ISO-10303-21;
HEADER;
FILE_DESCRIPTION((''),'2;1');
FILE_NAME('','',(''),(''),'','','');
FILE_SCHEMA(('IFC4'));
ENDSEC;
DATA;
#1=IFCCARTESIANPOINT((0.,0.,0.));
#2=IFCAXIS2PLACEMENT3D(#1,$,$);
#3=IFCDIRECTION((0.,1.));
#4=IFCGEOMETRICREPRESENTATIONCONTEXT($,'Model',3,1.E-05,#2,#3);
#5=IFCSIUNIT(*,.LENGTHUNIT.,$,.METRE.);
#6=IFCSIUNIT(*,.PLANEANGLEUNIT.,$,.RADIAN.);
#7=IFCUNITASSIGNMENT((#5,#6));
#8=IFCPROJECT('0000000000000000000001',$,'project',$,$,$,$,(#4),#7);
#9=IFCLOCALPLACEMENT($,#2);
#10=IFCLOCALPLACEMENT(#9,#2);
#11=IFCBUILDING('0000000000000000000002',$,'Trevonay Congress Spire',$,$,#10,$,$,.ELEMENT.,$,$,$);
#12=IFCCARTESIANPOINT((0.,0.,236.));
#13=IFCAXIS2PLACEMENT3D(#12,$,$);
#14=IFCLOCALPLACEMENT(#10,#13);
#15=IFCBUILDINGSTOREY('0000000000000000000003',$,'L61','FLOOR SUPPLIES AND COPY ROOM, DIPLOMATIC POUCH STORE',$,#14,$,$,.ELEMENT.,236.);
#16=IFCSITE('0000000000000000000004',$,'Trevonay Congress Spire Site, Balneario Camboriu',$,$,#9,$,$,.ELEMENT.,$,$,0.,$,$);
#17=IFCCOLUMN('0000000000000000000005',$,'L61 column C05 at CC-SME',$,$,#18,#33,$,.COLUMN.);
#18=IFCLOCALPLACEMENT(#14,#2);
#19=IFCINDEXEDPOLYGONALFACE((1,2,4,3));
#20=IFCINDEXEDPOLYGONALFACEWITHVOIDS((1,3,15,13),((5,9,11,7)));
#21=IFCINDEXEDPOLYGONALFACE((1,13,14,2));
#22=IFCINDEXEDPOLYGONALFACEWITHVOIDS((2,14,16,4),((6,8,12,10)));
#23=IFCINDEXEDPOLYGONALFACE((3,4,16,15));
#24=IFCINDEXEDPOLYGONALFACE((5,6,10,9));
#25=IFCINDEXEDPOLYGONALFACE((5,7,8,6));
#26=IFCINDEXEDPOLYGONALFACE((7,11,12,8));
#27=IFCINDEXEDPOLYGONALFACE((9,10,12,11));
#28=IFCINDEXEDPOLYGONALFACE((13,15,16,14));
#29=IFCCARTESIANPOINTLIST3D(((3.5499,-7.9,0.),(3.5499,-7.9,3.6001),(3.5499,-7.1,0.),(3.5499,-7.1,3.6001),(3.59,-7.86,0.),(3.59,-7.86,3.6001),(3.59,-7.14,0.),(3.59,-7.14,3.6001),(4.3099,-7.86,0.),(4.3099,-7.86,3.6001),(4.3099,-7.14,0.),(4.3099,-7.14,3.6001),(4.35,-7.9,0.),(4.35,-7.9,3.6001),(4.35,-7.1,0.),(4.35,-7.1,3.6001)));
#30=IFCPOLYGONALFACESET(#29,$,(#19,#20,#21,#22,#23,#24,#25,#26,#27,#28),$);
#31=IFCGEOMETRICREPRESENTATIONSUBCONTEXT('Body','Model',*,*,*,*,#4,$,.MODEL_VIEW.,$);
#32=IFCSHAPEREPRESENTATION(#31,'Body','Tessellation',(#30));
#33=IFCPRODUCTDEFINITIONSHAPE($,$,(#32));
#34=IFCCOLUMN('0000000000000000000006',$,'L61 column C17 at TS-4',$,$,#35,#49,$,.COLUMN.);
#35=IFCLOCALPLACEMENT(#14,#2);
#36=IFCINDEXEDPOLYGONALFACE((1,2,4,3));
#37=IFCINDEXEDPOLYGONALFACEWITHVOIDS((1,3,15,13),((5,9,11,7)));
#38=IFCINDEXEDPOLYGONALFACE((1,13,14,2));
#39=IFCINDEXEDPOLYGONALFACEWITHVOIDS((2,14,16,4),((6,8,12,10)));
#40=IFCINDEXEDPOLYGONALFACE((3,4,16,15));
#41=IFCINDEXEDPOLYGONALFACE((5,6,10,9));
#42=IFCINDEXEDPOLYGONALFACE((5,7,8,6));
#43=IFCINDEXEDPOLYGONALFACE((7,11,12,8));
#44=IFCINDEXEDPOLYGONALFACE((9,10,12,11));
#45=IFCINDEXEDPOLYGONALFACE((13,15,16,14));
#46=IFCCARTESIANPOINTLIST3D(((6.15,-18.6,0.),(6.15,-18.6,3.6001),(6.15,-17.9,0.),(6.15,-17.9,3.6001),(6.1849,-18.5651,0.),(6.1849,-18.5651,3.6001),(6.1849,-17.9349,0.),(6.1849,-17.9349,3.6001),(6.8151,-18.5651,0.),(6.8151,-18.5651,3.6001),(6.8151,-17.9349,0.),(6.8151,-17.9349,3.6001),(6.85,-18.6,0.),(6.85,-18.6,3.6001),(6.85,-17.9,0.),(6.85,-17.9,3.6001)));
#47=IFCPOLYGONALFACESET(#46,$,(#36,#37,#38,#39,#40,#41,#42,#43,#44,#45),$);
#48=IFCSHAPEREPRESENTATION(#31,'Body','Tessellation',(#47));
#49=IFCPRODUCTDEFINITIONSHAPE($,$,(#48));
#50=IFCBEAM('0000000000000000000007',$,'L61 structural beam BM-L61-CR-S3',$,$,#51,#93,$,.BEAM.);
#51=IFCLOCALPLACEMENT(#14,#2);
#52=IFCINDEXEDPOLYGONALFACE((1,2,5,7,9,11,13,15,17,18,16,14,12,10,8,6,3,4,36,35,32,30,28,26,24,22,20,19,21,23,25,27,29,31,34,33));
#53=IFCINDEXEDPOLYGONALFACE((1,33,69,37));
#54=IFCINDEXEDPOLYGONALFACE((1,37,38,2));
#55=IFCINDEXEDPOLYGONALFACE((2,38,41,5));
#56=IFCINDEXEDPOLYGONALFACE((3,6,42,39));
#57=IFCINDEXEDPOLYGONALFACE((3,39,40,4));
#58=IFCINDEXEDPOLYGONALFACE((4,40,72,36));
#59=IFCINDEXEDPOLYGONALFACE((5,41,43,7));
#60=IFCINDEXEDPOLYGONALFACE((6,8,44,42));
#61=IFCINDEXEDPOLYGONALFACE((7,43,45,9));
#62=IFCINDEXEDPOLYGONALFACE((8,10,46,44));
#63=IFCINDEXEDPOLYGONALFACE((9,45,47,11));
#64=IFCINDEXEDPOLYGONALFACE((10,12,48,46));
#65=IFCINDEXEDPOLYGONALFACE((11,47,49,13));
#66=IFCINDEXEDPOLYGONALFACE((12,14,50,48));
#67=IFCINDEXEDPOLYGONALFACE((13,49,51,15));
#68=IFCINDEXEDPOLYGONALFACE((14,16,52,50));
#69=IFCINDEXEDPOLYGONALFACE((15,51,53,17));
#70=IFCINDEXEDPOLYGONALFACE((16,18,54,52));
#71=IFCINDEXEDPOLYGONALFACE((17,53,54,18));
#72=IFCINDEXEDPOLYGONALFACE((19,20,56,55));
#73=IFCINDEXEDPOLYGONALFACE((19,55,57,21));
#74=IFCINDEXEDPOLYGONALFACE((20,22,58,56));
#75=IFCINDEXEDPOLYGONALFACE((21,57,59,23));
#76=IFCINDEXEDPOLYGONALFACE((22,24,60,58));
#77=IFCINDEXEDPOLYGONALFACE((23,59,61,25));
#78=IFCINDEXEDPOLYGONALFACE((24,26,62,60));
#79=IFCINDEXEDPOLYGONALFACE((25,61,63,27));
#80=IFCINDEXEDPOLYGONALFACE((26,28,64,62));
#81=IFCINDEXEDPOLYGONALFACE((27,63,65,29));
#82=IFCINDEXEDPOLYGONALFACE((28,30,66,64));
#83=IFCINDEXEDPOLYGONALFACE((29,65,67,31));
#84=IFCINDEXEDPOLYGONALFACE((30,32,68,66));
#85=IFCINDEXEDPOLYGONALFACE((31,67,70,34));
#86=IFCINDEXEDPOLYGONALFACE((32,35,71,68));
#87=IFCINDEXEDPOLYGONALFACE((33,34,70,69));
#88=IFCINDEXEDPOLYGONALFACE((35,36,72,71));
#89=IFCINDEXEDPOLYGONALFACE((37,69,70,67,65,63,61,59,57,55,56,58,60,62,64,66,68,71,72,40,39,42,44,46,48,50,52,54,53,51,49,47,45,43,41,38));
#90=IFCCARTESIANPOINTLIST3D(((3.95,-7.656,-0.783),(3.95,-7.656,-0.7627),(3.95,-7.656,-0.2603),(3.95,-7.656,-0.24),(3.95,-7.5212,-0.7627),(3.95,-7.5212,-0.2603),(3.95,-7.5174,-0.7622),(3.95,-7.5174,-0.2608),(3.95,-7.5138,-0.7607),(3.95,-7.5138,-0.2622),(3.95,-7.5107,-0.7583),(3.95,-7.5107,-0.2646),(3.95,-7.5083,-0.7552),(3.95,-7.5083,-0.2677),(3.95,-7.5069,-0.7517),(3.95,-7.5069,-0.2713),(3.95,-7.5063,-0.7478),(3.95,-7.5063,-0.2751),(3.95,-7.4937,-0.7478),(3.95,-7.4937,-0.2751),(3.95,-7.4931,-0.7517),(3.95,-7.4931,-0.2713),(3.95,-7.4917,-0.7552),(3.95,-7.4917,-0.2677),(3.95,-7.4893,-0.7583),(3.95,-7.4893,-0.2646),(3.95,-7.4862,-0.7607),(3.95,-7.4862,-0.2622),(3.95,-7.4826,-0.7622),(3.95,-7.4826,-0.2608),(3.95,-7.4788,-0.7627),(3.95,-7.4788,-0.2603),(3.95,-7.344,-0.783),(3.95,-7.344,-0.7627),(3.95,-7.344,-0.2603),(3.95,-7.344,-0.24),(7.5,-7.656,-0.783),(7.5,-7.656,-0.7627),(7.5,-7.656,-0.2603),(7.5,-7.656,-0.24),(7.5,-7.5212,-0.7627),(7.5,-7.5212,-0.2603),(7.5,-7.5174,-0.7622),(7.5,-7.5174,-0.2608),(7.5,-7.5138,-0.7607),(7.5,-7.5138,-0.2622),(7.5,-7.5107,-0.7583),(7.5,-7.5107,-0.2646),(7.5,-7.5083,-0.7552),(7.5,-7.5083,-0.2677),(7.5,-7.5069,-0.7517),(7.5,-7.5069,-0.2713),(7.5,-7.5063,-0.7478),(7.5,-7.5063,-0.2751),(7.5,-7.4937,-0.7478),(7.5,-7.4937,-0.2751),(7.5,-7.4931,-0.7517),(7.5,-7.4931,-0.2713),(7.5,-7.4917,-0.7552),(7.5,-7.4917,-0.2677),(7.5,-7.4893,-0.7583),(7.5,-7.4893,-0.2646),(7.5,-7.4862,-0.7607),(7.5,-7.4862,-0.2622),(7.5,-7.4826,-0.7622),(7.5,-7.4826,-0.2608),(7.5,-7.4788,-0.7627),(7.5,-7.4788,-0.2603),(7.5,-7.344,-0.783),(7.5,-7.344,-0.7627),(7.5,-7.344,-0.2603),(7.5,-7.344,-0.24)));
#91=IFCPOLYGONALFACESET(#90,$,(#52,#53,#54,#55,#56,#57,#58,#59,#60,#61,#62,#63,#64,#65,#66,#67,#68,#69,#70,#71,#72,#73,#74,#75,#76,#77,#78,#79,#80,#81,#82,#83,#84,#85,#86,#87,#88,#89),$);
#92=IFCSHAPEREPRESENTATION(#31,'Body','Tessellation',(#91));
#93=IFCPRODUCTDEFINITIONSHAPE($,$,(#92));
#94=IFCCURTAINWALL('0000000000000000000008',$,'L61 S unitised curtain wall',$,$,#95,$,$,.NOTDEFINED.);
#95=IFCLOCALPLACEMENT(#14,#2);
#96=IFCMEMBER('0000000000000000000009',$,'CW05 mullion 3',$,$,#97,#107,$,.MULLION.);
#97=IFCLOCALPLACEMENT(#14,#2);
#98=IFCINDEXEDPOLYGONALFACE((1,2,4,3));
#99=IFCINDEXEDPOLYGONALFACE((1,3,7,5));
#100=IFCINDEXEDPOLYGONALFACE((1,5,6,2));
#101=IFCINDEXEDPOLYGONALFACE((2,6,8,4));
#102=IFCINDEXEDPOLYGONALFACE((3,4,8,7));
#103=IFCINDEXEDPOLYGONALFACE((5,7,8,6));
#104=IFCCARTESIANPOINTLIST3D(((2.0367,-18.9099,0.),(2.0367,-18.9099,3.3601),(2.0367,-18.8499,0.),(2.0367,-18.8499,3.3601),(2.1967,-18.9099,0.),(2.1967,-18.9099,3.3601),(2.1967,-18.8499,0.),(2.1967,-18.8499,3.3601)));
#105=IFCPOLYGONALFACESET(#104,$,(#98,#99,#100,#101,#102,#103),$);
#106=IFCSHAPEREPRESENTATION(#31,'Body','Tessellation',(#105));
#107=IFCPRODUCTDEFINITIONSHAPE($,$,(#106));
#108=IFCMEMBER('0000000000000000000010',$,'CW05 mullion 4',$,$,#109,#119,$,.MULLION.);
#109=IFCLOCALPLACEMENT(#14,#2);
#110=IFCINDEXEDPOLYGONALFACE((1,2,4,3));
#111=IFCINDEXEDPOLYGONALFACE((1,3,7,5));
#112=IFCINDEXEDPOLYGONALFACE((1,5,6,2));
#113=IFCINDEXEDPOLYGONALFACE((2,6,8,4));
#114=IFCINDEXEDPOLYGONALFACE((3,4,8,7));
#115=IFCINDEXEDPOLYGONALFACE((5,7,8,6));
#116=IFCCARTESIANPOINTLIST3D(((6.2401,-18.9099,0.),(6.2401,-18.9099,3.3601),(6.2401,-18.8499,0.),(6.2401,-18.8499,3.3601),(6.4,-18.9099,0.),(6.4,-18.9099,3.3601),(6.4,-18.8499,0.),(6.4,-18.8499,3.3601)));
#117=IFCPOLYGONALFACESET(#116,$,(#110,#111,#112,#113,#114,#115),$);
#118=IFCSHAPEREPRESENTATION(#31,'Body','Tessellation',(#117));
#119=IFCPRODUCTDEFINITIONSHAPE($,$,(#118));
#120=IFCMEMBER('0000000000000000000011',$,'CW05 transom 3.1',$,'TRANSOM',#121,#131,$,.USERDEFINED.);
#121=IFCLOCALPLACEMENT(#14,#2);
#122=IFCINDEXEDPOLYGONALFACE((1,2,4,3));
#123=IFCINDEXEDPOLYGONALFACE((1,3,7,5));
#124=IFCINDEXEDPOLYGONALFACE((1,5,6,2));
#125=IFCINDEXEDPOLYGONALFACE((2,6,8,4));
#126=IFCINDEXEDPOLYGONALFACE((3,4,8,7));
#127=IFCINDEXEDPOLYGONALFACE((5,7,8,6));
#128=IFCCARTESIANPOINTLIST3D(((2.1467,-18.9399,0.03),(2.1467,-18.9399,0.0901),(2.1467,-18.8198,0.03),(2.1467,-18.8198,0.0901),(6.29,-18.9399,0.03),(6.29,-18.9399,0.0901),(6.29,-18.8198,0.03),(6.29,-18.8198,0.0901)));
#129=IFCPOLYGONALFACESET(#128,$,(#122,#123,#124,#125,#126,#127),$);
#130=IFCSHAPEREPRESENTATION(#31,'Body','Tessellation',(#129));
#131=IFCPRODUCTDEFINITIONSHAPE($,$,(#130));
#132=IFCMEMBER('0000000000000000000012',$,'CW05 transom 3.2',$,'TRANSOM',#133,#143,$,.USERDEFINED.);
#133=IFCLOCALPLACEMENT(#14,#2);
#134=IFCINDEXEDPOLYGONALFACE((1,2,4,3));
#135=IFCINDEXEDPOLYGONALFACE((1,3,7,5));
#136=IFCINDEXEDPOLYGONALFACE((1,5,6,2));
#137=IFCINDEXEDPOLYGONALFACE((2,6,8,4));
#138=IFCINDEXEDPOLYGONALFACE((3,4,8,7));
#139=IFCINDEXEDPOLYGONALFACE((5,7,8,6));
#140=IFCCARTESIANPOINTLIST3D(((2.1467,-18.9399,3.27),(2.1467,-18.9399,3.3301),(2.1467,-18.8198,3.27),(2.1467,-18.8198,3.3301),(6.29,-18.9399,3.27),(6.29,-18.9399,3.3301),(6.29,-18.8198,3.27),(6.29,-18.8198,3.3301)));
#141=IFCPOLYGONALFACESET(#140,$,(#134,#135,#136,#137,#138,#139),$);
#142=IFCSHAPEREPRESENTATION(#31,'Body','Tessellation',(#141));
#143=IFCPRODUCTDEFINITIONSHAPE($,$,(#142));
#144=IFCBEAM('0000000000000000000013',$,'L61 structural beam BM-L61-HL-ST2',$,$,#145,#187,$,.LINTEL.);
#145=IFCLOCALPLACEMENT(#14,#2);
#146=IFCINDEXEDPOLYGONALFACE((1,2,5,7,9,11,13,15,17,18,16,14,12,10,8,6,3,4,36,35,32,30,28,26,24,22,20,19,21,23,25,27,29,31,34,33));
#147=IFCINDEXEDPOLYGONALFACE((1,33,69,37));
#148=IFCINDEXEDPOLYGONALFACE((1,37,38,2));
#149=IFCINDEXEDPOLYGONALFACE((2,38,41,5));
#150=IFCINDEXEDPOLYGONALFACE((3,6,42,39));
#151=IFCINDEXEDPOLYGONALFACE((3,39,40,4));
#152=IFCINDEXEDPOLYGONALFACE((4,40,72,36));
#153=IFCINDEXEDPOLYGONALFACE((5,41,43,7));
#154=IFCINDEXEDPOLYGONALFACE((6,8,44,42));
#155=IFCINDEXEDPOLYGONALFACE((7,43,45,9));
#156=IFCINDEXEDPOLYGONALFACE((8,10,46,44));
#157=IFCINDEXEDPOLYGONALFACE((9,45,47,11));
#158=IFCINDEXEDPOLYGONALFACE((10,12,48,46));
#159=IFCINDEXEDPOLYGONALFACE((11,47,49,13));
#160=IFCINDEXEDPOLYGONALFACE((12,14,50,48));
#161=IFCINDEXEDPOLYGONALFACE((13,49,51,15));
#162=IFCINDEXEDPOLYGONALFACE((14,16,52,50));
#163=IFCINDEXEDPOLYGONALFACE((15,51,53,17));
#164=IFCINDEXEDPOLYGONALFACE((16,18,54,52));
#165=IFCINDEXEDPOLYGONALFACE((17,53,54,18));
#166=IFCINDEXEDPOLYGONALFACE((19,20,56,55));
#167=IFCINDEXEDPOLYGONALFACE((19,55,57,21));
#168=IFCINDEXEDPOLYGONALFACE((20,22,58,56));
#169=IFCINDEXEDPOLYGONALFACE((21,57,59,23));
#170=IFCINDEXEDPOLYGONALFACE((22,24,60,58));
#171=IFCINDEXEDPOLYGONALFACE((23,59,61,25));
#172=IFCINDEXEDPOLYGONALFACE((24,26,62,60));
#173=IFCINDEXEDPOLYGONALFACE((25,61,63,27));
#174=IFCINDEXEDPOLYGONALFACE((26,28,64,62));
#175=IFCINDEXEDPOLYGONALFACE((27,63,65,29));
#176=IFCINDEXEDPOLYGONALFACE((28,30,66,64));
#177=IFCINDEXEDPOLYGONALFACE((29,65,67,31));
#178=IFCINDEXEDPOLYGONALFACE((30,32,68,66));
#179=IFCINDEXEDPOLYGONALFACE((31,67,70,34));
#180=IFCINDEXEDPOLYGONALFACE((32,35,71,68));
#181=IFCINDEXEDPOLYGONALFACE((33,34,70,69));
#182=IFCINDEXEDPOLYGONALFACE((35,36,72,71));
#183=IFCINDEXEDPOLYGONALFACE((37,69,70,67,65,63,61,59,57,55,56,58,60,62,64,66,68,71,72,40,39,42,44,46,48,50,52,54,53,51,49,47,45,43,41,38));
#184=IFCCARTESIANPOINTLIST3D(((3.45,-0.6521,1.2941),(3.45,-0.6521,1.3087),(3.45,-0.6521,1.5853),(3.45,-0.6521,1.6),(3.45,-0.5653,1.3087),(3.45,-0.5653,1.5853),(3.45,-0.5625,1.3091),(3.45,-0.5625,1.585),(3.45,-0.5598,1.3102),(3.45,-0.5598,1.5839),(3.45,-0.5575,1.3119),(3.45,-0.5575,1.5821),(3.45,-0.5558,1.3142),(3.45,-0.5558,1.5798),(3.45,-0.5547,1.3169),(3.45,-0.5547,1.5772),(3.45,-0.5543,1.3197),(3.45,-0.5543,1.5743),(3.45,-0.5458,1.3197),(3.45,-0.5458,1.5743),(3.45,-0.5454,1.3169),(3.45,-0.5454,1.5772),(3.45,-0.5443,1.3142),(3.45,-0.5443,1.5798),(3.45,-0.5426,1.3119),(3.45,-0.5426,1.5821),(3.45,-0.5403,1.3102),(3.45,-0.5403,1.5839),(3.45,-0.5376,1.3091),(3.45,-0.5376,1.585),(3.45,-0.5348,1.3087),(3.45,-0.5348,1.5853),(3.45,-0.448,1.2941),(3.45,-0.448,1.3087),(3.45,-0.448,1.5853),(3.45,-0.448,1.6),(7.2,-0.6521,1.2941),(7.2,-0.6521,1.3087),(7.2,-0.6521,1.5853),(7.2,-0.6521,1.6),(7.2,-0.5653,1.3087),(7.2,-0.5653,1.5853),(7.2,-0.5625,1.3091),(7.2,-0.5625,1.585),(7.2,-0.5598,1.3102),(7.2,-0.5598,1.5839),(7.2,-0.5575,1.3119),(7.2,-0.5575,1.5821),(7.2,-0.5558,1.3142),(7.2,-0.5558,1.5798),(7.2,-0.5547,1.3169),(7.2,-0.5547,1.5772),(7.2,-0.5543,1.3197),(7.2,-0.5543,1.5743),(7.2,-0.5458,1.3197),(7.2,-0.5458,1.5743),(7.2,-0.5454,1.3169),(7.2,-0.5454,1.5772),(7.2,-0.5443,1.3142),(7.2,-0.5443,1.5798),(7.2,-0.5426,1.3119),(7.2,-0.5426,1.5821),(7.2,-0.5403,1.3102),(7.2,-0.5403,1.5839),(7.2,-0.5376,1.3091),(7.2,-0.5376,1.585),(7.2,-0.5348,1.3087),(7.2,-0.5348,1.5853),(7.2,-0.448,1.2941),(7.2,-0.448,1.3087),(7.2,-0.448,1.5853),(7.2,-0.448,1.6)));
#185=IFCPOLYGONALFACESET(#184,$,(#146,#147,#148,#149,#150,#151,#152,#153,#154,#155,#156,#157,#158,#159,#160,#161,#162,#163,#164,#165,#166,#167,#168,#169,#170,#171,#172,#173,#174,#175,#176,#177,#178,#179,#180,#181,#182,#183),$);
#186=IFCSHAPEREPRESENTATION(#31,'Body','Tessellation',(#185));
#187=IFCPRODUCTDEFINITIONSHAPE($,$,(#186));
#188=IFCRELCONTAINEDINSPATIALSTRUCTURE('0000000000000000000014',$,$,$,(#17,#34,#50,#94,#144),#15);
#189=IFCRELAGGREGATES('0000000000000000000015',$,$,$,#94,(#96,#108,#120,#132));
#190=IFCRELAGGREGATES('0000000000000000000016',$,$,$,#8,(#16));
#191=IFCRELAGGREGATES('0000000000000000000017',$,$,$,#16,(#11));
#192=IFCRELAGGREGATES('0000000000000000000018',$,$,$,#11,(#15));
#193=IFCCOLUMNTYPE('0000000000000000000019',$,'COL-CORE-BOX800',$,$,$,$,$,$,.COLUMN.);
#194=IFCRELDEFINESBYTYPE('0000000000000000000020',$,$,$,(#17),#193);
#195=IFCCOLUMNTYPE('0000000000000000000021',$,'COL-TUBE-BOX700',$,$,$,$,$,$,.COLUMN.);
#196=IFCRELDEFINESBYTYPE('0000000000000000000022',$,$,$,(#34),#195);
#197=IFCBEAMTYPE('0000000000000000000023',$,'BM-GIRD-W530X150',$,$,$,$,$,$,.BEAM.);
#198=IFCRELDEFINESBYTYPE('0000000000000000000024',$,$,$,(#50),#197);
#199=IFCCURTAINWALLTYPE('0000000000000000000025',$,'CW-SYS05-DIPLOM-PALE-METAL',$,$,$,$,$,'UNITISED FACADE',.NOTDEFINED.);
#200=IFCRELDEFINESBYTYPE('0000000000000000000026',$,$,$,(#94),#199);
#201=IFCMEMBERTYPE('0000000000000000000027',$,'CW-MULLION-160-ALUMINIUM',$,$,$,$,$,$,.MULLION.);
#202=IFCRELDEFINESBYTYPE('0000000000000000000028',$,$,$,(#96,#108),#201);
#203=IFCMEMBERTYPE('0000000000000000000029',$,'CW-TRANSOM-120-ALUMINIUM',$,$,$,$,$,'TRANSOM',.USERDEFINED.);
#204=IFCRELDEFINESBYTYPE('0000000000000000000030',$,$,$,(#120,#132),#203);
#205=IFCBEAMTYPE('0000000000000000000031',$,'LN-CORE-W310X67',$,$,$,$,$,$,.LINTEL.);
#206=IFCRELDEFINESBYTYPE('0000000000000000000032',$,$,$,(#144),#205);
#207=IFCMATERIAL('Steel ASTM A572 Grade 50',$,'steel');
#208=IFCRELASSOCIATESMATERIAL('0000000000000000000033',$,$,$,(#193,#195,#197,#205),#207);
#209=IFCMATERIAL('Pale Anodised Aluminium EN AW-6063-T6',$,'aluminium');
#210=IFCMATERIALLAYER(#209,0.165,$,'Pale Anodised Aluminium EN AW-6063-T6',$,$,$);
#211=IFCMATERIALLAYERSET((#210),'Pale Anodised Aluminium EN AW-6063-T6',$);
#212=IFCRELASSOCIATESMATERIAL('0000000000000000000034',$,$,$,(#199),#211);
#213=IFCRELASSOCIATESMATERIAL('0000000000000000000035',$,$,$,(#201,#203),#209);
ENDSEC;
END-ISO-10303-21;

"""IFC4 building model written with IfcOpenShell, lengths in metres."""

from ifc_helpers import new_model, si_unit, direction, frame, origin, origin_2d, place, context, subcontext, project, spatial, rectangle, hollow_rectangle, i_section, extrude, material, layer, layer_set, material_profile, profile_set, type_object, element, aggregate, save


model = new_model("IFC4")

# Units and contexts
model_context = context("Model", 3, precision=1e-05, world=origin(), true_north=direction((0.0, 1.0)))
body_context = subcontext(model_context, "Body", "Model", "MODEL_VIEW")
ifc_project = project(units=[si_unit("LENGTHUNIT", "METRE"), si_unit("PLANEANGLEUNIT", "RADIAN")], contexts=[model_context])

# Site, building, storey
site_placement = place(None, origin())
site = spatial("IfcSite", under=ifc_project, at=site_placement, Name="Trevonay Congress Spire Site, Balneario Camboriu", CompositionType="ELEMENT", RefElevation=0.0)
building_placement = place(site_placement, origin())
building = spatial("IfcBuilding", under=site, at=building_placement, Name="Trevonay Congress Spire", CompositionType="ELEMENT")
storey_placement = place(building_placement, frame((0.0, 0.0, 236.0)))
storey = spatial("IfcBuildingStorey", under=building, at=storey_placement, Name="L61", Description="FLOOR SUPPLIES AND COPY ROOM, DIPLOMATIC POUCH STORE", CompositionType="ELEMENT", Elevation=236.0)

# Columns
ifc_material_1 = material(Name="Steel ASTM A572 Grade 50", Category="steel")
ifc_material_profile_1 = material_profile(ifc_material_1, hollow_rectangle(XDim=0.8, YDim=0.8, WallThickness=0.04, at=origin_2d()), Name="BOX 800x800x40")
ifc_profile_set_1 = profile_set([ifc_material_profile_1], Name="Steel ASTM A572 Grade 50")
column_type_1 = type_object("IfcColumnType", Name="COL-CORE-BOX800", PredefinedType="COLUMN", material=ifc_profile_set_1)
column_1_placement = place(storey_placement, frame((3.95, -7.5, 0.0), z_axis=(0.0, 0.0, 1.0), x_axis=(1.0, 0.0, 0.0)))
element("IfcColumn", 1, at=column_1_placement, inside=storey, type_object=column_type_1, Name="L61 column C05 at CC-SME", PredefinedType="COLUMN", context=body_context, shape_type="SweptSolid", body=[
    extrude(hollow_rectangle(XDim=0.8, YDim=0.8, WallThickness=0.04, at=origin_2d()), origin(), (0.0, 0.0, 1.0), 3.6001),
])
ifc_material_profile_2 = material_profile(ifc_material_1, hollow_rectangle(XDim=0.7, YDim=0.7, WallThickness=0.0349, at=origin_2d()), Name="BOX 700x700x35")
ifc_profile_set_2 = profile_set([ifc_material_profile_2], Name="Steel ASTM A572 Grade 50")
column_type_2 = type_object("IfcColumnType", Name="COL-TUBE-BOX700", PredefinedType="COLUMN", material=ifc_profile_set_2)
column_2_placement = place(storey_placement, frame((6.5, -18.25, 0.0), z_axis=(0.0, 0.0, 1.0), x_axis=(1.0, 0.0, 0.0)))
element("IfcColumn", 2, at=column_2_placement, inside=storey, type_object=column_type_2, Name="L61 column C17 at TS-4", PredefinedType="COLUMN", context=body_context, shape_type="SweptSolid", body=[
    extrude(hollow_rectangle(XDim=0.7, YDim=0.7, WallThickness=0.0349, at=origin_2d()), origin(), (0.0, 0.0, 1.0), 3.6001),
])

# Beam
ifc_material_profile_3 = material_profile(ifc_material_1, i_section(OverallWidth=0.312, OverallDepth=0.543, WebThickness=0.0127, FlangeThickness=0.0203, FilletRadius=0.0149, at=origin_2d()), Name="W530x150")
ifc_profile_set_3 = profile_set([ifc_material_profile_3], Name="Steel ASTM A572 Grade 50")
beam_type_1 = type_object("IfcBeamType", Name="BM-GIRD-W530X150", PredefinedType="BEAM", material=ifc_profile_set_3)
beam_1_placement = place(storey_placement, frame((3.95, -7.5, -0.5115), z_axis=(1.0, 0.0, 0.0), x_axis=(0.0, 1.0, 0.0)))
element("IfcBeam", 3, at=beam_1_placement, inside=storey, type_object=beam_type_1, Name="L61 structural beam BM-L61-CR-S3", PredefinedType="BEAM", context=body_context, shape_type="SweptSolid", body=[
    extrude(i_section(OverallWidth=0.312, OverallDepth=0.543, WebThickness=0.0127, FlangeThickness=0.0203, FilletRadius=0.0149, at=origin_2d()), origin(), (0.0, 0.0, 1.0), 3.55),
])

# Curtain wall, members
ifc_material_2 = material(Name="Pale Anodised Aluminium EN AW-6063-T6", Category="aluminium")
ifc_layer_1 = layer(ifc_material_2, 0.165, Name="Pale Anodised Aluminium EN AW-6063-T6")
ifc_layer_set_1 = layer_set([ifc_layer_1], Name="Pale Anodised Aluminium EN AW-6063-T6")
curtain_wall_type = type_object("IfcCurtainWallType", Name="CW-SYS05-DIPLOM-PALE-METAL", ElementType="UNITISED FACADE", PredefinedType="NOTDEFINED", material=ifc_layer_set_1)
curtain_wall_placement = place(storey_placement, origin())
curtain_wall = element("IfcCurtainWall", 4, at=curtain_wall_placement, inside=storey, type_object=curtain_wall_type, Name="L61 S unitised curtain wall", PredefinedType="NOTDEFINED")
ifc_material_profile_4 = material_profile(ifc_material_2, rectangle(XDim=0.0601, YDim=0.1599, at=origin_2d()), Name="CW-MULLION-160-ALUMINIUM")
ifc_profile_set_4 = profile_set([ifc_material_profile_4], Name="Pale Anodised Aluminium EN AW-6063-T6")
member_type_1 = type_object("IfcMemberType", Name="CW-MULLION-160-ALUMINIUM", PredefinedType="MULLION", material=ifc_profile_set_4)
member_1_placement = place(storey_placement, frame((2.1167, -18.8799, 0.0), z_axis=(0.0, 0.0, 1.0), x_axis=(0.0, 1.0, 0.0)))
member_1 = element("IfcMember", 5, at=member_1_placement, type_object=member_type_1, Name="CW05 mullion 3", PredefinedType="MULLION", context=body_context, shape_type="SweptSolid", body=[
    extrude(rectangle(XDim=0.0601, YDim=0.1599, at=origin_2d()), origin(), (0.0, 0.0, 1.0), 3.3601),
])
member_2_placement = place(storey_placement, frame((6.3201, -18.8799, 0.0), z_axis=(0.0, 0.0, 1.0), x_axis=(0.0, 1.0, 0.0)))
member_2 = element("IfcMember", 6, at=member_2_placement, type_object=member_type_1, Name="CW05 mullion 4", PredefinedType="MULLION", context=body_context, shape_type="SweptSolid", body=[
    extrude(rectangle(XDim=0.0601, YDim=0.1599, at=origin_2d()), origin(), (0.0, 0.0, 1.0), 3.3601),
])
ifc_material_profile_5 = material_profile(ifc_material_2, rectangle(XDim=0.1201, YDim=0.0601, at=origin_2d()), Name="CW-TRANSOM-120-ALUMINIUM")
ifc_profile_set_5 = profile_set([ifc_material_profile_5], Name="Pale Anodised Aluminium EN AW-6063-T6")
member_type_2 = type_object("IfcMemberType", Name="CW-TRANSOM-120-ALUMINIUM", ElementType="TRANSOM", PredefinedType="USERDEFINED", material=ifc_profile_set_5)
member_3_placement = place(storey_placement, frame((2.1467, -18.8799, 0.0601), z_axis=(1.0, 0.0, 0.0), x_axis=(0.0, 1.0, 0.0)))
member_3 = element("IfcMember", 7, at=member_3_placement, type_object=member_type_2, Name="CW05 transom 3.1", ObjectType="TRANSOM", PredefinedType="USERDEFINED", context=body_context, shape_type="SweptSolid", body=[
    extrude(rectangle(XDim=0.1201, YDim=0.0601, at=origin_2d()), origin(), (0.0, 0.0, 1.0), 4.1433),
])
member_4_placement = place(storey_placement, frame((2.1467, -18.8799, 3.3), z_axis=(1.0, 0.0, 0.0), x_axis=(0.0, 1.0, 0.0)))
member_4 = element("IfcMember", 8, at=member_4_placement, type_object=member_type_2, Name="CW05 transom 3.2", ObjectType="TRANSOM", PredefinedType="USERDEFINED", context=body_context, shape_type="SweptSolid", body=[
    extrude(rectangle(XDim=0.1201, YDim=0.0601, at=origin_2d()), origin(), (0.0, 0.0, 1.0), 4.1433),
])

# Beam
ifc_material_profile_6 = material_profile(ifc_material_1, i_section(OverallWidth=0.2041, OverallDepth=0.3059, WebThickness=0.0085, FlangeThickness=0.0146, FilletRadius=0.011, at=origin_2d()), Name="W310x67")
ifc_profile_set_6 = profile_set([ifc_material_profile_6], Name="Steel ASTM A572 Grade 50")
beam_type_2 = type_object("IfcBeamType", Name="LN-CORE-W310X67", PredefinedType="LINTEL", material=ifc_profile_set_6)
beam_2_placement = place(storey_placement, frame((3.45, -0.55, 1.447), z_axis=(1.0, 0.0, 0.0), x_axis=(0.0, 1.0, 0.0)))
element("IfcBeam", 9, at=beam_2_placement, inside=storey, type_object=beam_type_2, Name="L61 structural beam BM-L61-HL-ST2", PredefinedType="LINTEL", context=body_context, shape_type="SweptSolid", body=[
    extrude(i_section(OverallWidth=0.2041, OverallDepth=0.3059, WebThickness=0.0085, FlangeThickness=0.0146, FilletRadius=0.011, at=origin_2d()), origin(), (0.0, 0.0, 1.0), 3.75),
])

aggregate(curtain_wall, [member_1, member_2, member_3, member_4])

save(model, "model.ifc")
